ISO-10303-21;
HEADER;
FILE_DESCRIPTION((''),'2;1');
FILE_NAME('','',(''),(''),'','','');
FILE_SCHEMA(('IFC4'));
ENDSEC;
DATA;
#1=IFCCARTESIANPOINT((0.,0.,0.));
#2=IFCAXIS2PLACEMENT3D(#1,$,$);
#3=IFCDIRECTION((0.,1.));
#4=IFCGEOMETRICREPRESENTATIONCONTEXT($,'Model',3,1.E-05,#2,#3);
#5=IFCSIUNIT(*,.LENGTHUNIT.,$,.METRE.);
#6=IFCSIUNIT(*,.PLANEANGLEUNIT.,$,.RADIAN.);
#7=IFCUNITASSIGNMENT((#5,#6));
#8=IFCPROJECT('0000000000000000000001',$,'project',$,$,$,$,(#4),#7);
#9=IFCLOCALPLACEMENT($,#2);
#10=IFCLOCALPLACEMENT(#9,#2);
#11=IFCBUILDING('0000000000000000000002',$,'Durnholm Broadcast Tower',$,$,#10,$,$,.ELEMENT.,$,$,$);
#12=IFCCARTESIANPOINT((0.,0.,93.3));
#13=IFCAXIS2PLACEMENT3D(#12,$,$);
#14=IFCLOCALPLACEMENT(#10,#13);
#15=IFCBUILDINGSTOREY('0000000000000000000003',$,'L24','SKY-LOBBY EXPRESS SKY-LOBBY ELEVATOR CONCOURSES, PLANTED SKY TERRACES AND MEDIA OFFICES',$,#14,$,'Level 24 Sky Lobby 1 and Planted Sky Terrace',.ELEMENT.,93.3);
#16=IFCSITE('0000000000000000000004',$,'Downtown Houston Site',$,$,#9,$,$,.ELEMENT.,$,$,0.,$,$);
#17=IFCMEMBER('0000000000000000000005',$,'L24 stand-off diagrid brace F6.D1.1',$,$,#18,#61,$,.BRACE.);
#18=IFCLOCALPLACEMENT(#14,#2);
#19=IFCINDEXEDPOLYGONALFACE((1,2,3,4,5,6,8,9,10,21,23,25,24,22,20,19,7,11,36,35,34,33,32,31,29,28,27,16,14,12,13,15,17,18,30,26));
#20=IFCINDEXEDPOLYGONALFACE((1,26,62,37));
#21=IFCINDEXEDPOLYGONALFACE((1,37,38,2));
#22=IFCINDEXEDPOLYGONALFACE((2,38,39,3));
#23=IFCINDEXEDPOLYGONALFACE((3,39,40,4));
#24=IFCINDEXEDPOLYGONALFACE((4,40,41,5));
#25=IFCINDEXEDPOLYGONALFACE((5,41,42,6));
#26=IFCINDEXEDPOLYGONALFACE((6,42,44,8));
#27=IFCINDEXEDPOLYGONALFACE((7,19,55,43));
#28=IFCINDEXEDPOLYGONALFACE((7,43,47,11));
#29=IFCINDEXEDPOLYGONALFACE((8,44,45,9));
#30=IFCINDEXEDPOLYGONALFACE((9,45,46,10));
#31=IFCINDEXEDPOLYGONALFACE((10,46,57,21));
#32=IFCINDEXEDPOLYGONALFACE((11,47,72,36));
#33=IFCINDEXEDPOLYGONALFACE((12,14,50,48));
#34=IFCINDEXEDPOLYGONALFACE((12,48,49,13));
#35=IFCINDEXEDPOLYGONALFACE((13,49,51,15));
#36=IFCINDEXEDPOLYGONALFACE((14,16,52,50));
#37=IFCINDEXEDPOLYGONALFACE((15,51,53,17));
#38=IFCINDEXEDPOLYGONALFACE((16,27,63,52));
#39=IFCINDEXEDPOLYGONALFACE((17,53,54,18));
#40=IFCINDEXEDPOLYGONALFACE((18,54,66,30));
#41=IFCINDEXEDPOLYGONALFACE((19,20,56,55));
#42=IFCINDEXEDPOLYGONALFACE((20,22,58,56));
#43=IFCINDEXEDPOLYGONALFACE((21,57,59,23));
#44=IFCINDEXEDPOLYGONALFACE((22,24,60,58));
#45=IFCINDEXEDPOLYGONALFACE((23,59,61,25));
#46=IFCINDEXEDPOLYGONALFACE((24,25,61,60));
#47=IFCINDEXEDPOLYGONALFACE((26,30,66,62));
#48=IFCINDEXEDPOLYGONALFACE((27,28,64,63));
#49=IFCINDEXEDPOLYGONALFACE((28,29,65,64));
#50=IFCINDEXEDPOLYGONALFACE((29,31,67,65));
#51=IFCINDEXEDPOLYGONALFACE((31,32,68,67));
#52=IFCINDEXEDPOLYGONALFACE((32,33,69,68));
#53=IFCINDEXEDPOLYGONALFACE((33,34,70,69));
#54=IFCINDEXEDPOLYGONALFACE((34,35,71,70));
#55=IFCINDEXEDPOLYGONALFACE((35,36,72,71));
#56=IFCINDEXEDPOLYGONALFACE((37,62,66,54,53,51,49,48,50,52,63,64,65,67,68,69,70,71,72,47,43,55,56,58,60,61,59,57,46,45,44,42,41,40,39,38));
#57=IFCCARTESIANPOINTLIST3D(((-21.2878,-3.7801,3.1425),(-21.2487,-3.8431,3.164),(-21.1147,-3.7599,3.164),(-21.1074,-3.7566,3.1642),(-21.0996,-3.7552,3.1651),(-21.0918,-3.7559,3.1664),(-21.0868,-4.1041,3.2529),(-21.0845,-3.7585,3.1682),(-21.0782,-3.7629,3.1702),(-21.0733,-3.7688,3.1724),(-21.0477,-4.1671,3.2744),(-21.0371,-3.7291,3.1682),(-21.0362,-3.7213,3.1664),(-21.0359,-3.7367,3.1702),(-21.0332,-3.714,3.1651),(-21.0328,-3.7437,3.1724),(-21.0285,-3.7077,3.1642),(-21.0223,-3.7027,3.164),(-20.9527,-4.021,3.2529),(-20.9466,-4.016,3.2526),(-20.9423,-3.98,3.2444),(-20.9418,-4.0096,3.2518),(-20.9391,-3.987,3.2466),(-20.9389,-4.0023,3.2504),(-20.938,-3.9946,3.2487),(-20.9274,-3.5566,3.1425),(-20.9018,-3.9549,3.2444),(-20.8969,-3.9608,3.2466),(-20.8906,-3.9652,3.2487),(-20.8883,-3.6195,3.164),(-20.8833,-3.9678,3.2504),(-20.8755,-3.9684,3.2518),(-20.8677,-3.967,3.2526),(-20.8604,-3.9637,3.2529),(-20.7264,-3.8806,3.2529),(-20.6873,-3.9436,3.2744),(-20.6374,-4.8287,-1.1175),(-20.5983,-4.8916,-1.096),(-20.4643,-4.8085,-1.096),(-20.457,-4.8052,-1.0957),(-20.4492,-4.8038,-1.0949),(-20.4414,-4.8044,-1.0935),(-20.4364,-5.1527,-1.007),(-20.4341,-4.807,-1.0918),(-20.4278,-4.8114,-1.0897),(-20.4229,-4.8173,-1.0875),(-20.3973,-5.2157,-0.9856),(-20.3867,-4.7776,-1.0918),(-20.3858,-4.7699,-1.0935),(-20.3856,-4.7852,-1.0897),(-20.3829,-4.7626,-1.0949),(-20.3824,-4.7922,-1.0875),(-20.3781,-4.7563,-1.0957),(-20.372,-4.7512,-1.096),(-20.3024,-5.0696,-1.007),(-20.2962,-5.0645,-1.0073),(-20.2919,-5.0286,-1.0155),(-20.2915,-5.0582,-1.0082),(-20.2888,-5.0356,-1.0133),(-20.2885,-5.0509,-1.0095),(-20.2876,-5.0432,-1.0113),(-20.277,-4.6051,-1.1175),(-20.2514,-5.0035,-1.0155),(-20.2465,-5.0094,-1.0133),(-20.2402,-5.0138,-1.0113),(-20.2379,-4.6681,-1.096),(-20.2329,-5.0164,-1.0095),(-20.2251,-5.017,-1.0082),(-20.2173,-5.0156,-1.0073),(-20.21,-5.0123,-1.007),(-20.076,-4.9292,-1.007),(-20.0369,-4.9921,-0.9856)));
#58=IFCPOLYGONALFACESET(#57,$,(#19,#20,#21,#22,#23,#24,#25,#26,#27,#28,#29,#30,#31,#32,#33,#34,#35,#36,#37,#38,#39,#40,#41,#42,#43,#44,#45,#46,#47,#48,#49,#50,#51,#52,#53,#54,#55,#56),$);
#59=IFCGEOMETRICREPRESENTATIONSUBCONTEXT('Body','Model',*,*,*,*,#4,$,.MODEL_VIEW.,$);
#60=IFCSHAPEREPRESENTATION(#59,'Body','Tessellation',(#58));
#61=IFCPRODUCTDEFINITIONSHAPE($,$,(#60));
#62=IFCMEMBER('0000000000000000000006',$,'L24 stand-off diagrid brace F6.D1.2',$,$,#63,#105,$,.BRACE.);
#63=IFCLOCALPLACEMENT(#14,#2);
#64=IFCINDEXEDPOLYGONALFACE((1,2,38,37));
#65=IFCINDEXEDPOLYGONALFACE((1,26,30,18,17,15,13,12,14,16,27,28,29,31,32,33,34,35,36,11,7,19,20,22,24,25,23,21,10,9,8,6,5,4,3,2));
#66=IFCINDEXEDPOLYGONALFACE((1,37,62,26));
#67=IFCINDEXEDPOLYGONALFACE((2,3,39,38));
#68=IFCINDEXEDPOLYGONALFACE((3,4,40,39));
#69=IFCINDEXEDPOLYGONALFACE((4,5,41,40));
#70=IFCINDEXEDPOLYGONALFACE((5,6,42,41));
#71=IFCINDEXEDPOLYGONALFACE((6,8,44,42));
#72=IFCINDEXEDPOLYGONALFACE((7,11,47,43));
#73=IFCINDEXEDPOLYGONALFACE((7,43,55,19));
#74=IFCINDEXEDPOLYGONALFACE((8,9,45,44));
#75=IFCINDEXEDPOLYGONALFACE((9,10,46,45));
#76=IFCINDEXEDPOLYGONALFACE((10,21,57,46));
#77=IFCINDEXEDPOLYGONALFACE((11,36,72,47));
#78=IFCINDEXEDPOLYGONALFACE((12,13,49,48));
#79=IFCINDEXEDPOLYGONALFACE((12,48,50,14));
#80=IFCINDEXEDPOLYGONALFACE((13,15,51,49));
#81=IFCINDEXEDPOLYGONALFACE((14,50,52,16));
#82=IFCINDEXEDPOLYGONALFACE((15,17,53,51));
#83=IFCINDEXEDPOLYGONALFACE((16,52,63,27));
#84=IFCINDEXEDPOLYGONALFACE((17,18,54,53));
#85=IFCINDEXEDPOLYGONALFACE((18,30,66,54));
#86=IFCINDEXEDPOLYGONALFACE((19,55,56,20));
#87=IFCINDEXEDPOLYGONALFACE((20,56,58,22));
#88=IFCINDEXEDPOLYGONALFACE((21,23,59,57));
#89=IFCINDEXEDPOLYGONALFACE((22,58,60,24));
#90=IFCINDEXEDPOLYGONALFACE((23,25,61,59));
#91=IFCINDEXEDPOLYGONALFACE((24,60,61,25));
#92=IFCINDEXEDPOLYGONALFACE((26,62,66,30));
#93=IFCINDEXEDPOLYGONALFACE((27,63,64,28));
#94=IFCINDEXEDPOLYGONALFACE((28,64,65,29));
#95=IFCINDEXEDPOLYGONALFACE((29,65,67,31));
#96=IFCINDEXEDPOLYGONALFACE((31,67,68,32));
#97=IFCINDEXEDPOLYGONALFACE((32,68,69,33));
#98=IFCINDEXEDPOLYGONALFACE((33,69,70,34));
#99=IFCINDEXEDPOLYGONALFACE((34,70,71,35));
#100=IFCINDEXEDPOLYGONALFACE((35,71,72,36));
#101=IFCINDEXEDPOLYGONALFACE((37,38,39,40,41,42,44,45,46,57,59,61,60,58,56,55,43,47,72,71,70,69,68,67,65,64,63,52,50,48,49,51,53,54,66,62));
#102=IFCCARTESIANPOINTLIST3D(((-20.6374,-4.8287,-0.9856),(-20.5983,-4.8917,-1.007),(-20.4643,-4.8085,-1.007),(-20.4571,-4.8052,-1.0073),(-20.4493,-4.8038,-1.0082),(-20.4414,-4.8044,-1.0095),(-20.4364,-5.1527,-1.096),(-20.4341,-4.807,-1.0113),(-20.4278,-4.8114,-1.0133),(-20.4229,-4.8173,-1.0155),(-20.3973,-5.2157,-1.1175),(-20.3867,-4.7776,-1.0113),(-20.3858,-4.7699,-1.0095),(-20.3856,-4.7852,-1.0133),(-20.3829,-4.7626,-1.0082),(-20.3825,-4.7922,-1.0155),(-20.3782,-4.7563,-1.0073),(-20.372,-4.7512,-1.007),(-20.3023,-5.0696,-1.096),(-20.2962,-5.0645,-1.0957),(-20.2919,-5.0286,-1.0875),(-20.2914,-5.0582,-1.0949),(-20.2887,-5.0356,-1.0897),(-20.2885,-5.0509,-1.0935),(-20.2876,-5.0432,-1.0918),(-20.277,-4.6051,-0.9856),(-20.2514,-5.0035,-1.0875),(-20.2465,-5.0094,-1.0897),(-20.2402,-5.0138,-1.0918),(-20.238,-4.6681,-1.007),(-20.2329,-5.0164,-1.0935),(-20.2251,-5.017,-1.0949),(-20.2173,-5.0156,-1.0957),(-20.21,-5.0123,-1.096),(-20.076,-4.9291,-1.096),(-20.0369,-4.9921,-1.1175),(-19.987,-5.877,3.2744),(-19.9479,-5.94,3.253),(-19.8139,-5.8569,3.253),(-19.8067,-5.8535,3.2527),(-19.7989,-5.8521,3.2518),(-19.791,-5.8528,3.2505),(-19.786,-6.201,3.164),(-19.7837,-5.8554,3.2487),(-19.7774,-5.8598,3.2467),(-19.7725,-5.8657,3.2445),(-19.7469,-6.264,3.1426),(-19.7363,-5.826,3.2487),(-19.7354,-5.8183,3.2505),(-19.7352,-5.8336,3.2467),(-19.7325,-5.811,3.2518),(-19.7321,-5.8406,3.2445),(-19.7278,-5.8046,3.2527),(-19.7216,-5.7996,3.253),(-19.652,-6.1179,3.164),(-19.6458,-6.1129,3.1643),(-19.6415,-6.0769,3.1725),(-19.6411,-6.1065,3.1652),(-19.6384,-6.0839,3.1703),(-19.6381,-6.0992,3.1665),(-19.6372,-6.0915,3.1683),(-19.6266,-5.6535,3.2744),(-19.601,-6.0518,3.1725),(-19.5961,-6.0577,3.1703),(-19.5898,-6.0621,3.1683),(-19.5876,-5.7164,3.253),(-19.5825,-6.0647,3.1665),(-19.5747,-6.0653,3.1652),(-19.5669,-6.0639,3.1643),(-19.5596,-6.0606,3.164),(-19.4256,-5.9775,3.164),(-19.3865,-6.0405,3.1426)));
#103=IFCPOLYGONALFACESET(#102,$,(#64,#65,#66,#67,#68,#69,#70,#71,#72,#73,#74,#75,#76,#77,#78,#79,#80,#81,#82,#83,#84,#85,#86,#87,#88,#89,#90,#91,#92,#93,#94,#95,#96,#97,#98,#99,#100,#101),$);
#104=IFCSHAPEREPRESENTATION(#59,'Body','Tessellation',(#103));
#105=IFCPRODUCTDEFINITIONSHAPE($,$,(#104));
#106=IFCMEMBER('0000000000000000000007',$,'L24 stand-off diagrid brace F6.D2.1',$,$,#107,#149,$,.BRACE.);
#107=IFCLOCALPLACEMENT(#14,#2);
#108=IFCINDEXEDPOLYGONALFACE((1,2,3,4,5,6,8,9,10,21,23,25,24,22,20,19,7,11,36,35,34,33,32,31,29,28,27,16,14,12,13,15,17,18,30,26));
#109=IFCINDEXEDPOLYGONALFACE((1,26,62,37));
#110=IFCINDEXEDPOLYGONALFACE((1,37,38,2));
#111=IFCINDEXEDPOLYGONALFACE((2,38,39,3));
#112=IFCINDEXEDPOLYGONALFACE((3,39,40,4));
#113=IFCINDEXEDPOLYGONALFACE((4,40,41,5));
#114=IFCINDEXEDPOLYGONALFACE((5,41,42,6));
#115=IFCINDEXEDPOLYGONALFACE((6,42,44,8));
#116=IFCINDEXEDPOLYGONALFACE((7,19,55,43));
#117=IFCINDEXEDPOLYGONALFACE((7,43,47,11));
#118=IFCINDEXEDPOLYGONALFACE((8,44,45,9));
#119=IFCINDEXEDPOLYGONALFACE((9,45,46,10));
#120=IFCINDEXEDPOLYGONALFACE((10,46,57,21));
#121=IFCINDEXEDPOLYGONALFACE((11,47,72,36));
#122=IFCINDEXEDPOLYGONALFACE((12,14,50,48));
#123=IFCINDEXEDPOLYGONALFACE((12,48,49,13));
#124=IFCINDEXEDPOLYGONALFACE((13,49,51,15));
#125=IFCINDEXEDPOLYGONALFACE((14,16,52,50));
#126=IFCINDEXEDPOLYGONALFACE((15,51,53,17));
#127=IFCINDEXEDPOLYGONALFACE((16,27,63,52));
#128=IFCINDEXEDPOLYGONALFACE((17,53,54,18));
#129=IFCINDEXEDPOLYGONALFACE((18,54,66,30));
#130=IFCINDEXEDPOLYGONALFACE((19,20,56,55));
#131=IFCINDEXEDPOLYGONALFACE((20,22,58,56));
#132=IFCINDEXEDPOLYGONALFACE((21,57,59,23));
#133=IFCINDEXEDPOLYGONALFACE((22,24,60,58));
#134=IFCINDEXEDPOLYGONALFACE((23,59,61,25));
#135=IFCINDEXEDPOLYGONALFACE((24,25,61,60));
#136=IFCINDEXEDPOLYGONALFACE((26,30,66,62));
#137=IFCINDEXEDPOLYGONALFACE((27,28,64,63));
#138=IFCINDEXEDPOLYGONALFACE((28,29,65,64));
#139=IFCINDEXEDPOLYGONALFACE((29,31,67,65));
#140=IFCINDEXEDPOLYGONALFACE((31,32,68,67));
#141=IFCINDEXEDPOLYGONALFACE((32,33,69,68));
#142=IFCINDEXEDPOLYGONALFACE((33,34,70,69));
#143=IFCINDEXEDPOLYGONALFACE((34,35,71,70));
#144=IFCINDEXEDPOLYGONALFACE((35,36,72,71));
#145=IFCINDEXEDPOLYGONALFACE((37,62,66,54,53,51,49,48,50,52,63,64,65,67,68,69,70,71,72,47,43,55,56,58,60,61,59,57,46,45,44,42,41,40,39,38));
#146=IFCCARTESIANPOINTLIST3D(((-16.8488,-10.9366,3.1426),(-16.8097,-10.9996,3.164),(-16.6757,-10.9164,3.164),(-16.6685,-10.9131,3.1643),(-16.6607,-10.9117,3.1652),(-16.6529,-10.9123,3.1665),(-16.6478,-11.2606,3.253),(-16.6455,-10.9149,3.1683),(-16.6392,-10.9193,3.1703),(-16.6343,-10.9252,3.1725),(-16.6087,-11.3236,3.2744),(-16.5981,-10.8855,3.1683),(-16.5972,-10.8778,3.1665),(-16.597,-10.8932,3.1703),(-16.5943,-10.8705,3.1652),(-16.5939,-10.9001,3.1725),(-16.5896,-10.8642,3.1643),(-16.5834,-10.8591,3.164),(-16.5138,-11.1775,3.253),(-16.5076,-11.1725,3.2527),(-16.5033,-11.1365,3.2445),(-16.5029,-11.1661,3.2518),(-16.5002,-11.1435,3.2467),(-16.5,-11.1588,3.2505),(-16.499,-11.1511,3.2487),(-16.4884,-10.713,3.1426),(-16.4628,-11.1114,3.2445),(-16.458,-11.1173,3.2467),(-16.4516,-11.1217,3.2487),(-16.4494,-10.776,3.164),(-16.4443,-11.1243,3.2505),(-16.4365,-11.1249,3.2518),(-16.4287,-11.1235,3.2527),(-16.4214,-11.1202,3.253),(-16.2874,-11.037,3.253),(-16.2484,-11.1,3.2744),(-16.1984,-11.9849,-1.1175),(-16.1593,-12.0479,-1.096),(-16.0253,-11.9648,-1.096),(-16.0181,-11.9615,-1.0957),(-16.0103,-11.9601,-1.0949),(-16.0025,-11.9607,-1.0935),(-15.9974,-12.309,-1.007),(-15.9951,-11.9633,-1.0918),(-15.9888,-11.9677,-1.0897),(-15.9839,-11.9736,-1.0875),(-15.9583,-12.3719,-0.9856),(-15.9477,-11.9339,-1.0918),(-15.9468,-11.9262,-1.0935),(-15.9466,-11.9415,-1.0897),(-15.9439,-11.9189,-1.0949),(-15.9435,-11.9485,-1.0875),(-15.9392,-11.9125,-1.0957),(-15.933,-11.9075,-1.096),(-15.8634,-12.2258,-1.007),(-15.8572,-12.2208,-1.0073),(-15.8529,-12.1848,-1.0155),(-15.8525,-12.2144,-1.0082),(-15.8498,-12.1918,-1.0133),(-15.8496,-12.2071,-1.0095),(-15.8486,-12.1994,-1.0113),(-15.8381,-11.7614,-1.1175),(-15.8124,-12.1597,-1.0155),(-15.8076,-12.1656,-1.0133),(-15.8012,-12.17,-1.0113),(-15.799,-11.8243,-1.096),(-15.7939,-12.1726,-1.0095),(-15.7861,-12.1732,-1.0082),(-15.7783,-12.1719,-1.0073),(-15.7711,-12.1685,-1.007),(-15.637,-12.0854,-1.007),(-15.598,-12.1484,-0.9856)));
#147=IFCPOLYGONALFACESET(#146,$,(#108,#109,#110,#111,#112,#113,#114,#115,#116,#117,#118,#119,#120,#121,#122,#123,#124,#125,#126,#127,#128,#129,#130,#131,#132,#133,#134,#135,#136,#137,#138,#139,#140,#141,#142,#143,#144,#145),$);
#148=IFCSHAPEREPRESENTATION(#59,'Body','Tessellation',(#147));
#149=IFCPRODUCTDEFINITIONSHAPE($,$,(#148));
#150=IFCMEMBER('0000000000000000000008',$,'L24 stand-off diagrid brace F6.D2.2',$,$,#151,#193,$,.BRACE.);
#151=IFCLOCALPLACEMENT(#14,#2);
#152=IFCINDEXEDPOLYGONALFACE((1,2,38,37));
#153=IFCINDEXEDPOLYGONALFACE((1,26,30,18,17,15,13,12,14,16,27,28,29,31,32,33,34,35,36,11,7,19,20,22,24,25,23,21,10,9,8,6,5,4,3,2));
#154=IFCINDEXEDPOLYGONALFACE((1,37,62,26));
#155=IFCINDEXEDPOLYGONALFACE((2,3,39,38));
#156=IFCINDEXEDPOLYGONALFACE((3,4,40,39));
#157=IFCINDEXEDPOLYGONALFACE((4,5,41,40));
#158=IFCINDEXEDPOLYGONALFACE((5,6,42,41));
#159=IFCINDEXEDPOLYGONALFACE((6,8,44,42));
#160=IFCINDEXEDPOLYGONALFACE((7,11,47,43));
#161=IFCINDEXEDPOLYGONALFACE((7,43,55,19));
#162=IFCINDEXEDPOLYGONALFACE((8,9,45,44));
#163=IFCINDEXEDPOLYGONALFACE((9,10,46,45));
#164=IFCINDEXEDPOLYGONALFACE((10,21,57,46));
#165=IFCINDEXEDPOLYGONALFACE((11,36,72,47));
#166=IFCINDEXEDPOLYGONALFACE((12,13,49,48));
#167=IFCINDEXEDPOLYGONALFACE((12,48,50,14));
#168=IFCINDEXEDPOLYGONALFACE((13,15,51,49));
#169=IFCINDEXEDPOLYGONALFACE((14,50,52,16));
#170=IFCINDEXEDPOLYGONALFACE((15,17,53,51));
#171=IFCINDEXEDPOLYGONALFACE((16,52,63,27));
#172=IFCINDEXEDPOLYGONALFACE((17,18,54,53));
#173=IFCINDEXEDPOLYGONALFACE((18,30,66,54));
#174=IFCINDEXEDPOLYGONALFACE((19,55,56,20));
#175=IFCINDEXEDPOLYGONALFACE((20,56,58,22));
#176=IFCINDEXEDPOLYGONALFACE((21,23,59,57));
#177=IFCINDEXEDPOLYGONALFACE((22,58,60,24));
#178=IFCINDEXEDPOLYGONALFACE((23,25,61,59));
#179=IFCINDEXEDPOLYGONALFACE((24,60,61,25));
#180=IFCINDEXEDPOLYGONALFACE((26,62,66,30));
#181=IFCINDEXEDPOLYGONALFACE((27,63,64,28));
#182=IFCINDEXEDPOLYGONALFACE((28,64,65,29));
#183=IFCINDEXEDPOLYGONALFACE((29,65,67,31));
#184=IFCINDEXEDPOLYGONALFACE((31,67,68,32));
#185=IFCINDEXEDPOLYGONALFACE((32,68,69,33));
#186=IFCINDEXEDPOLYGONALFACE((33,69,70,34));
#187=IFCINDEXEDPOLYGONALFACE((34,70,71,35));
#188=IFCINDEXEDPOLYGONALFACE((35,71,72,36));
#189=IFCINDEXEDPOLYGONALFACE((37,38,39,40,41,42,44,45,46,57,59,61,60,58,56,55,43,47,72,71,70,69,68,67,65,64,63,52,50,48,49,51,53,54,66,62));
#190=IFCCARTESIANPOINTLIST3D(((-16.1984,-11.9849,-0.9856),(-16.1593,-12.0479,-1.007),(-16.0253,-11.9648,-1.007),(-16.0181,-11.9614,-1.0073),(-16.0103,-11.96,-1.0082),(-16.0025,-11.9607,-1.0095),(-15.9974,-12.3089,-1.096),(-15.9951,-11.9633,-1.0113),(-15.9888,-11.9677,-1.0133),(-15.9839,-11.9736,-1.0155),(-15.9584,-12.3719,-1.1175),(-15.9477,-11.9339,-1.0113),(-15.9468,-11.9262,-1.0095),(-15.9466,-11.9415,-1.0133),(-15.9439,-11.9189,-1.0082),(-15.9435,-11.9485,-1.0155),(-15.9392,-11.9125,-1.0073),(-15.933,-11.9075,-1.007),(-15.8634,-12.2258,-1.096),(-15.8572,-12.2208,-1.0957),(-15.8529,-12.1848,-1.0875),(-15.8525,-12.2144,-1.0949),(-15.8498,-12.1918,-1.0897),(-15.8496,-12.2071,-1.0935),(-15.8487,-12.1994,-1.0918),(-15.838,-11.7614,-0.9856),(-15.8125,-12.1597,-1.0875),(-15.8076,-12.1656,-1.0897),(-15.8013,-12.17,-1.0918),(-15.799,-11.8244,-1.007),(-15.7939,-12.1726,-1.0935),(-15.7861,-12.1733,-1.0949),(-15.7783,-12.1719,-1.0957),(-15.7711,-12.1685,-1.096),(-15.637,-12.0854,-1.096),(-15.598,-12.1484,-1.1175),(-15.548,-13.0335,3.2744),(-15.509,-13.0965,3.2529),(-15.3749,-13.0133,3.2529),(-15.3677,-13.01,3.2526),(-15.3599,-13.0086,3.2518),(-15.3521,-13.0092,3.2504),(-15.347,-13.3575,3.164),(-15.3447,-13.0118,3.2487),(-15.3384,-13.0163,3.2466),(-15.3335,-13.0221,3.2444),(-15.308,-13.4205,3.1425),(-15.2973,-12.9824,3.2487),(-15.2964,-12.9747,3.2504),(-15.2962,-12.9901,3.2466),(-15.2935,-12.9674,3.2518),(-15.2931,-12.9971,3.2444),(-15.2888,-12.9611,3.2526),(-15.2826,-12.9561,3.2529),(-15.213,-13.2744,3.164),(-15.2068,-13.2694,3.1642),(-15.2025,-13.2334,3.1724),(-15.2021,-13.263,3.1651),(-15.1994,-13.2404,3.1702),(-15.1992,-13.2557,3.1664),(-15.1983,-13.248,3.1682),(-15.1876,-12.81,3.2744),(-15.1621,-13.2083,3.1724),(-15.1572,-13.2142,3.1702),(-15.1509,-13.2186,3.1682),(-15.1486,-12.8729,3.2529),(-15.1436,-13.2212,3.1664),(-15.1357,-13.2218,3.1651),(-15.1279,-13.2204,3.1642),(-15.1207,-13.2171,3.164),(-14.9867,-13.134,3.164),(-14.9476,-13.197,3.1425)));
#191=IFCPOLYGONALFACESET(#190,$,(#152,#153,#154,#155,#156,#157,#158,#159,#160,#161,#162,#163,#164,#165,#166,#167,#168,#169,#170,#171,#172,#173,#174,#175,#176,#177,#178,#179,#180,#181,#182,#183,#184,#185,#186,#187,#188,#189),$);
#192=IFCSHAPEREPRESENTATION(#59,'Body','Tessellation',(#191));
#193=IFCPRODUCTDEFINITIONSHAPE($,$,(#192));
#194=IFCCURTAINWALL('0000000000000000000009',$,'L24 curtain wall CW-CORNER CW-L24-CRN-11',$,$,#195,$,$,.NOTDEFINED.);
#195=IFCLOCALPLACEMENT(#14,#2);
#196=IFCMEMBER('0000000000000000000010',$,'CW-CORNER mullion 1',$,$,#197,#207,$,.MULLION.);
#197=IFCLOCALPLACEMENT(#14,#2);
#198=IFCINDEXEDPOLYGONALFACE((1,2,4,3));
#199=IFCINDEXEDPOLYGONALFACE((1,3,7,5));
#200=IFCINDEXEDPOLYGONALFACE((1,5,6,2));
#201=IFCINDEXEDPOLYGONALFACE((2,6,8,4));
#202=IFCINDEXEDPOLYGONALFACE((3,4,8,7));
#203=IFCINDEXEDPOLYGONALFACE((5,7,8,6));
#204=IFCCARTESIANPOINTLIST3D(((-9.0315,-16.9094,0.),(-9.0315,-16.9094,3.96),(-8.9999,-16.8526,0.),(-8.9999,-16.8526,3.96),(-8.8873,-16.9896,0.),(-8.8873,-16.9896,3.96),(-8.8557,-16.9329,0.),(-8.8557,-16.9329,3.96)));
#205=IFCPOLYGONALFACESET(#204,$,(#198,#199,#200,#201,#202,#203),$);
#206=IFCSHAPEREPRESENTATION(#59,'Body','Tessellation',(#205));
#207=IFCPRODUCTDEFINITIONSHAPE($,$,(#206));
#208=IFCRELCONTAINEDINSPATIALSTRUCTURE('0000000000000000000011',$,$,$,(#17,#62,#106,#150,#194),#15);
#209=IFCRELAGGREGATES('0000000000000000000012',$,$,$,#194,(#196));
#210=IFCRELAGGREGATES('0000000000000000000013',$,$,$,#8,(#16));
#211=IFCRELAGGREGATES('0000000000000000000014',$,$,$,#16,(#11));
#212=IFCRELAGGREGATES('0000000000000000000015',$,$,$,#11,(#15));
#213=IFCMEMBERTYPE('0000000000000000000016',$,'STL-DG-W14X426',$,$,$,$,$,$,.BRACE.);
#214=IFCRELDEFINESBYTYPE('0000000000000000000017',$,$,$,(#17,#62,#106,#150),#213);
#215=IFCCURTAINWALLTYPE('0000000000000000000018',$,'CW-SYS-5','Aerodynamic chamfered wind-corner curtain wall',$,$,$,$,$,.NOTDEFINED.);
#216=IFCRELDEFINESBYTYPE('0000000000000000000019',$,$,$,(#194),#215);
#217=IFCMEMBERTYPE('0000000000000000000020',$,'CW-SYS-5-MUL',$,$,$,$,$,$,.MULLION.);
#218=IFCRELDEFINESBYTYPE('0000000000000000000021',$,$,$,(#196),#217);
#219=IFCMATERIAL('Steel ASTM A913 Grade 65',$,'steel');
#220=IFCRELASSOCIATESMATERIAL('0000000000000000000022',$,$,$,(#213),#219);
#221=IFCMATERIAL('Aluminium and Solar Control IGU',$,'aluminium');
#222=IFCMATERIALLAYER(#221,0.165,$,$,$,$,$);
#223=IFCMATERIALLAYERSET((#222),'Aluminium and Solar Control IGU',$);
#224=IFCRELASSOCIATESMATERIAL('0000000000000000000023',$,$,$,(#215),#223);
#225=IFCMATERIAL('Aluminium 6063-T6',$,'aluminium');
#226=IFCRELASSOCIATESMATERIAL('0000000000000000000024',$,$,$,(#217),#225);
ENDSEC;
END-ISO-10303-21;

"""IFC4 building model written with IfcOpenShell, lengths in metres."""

from ifc_helpers import new_model, si_unit, direction, frame, origin, origin_2d, place, context, subcontext, project, spatial, rectangle, i_section, extrude, source, transform, mapped, material, layer, layer_set, material_profile, profile_set, type_object, type_shapes, element, aggregate, save


model = new_model("IFC4")

# Units and contexts
model_context = context("Model", 3, precision=1e-05, world=origin(), true_north=direction((0.0, 1.0)))
body_context = subcontext(model_context, "Body", "Model", "MODEL_VIEW")
ifc_project = project(units=[si_unit("LENGTHUNIT", "METRE"), si_unit("PLANEANGLEUNIT", "RADIAN")], contexts=[model_context])

# Site, building, storey
site_placement = place(None, origin())
site = spatial("IfcSite", under=ifc_project, at=site_placement, Name="Downtown Houston Site", CompositionType="ELEMENT", RefElevation=0.0)
building_placement = place(site_placement, origin())
building = spatial("IfcBuilding", under=site, at=building_placement, Name="Durnholm Broadcast Tower", CompositionType="ELEMENT")
storey_placement = place(building_placement, frame((0.0, 0.0, 93.3)))
storey = spatial("IfcBuildingStorey", under=building, at=storey_placement, Name="L24", Description="SKY-LOBBY EXPRESS SKY-LOBBY ELEVATOR CONCOURSES, PLANTED SKY TERRACES AND MEDIA OFFICES", LongName="Level 24 Sky Lobby 1 and Planted Sky Terrace", CompositionType="ELEMENT", Elevation=93.3)

# Members
ifc_material_1 = material(Name="Steel ASTM A913 Grade 65", Category="steel")
ifc_material_profile_1 = material_profile(ifc_material_1, i_section(OverallWidth=0.4241, OverallDepth=0.4741, WebThickness=0.0476, FlangeThickness=0.0771, FilletRadius=0.0305, at=origin_2d()), Name="W14X426")
ifc_profile_set_1 = profile_set([ifc_material_profile_1], Name="Steel ASTM A913 Grade 65")
member_type_1 = type_object("IfcMemberType", Name="STL-DG-W14X426", PredefinedType="BRACE", material=ifc_profile_set_1)
shared_shape_1 = source(origin(), body_context, "Body", "SweptSolid", [
    extrude(i_section(OverallWidth=0.4241, OverallDepth=0.4741, WebThickness=0.0476, FlangeThickness=0.0771, FilletRadius=0.0305, at=origin_2d()), origin(), (0.0, 0.0, 1.0), 4.4351),
])
type_shapes(member_type_1, [shared_shape_1])
for number, where, z_axis, x_axis, name in (
    (1, (-20.3372, -4.9104, -1.0515), (-0.146646, 0.236428, 0.960519), (-0.849805, -0.527097, 0.0), "L24 stand-off diagrid brace F6.D1.1"),
    (2, (-20.3372, -4.9104, -1.0515), (0.146648, -0.236376, 0.960532), (0.84975, 0.527186, 0.0), "L24 stand-off diagrid brace F6.D1.2"),
    (3, (-15.8982, -12.0667, -1.0515), (-0.146648, 0.236376, 0.960532), (-0.84975, -0.527186, 0.0), "L24 stand-off diagrid brace F6.D2.1"),
    (4, (-15.8982, -12.0667, -1.0515), (0.146646, -0.236428, 0.960519), (0.849805, 0.527097, 0.0), "L24 stand-off diagrid brace F6.D2.2"),
):
    element("IfcMember", number, at=place(storey_placement, frame(where, z_axis=z_axis, x_axis=x_axis)), inside=storey, type_object=member_type_1, Name=name, PredefinedType="BRACE", context=body_context, shape_type="MappedRepresentation", body=[
        mapped(shared_shape_1, transform((0.0, 0.0, 0.0), x_axis=(1.0, 0.0, 0.0), y_axis=(0.0, 1.0, 0.0), z_axis=(0.0, 0.0, 1.0), scale=1.0)),
    ])

# Curtain wall, member
ifc_material_2 = material(Name="Aluminium and Solar Control IGU", Category="aluminium")
ifc_layer_1 = layer(ifc_material_2, 0.165)
ifc_layer_set_1 = layer_set([ifc_layer_1], Name="Aluminium and Solar Control IGU")
curtain_wall_type_1 = type_object("IfcCurtainWallType", Name="CW-SYS-5", Description="Aerodynamic chamfered wind-corner curtain wall", PredefinedType="NOTDEFINED", material=ifc_layer_set_1)
curtain_wall_1_placement = place(storey_placement, origin())
curtain_wall_1 = element("IfcCurtainWall", 5, at=curtain_wall_1_placement, inside=storey, type_object=curtain_wall_type_1, Name="L24 curtain wall CW-CORNER CW-L24-CRN-11", PredefinedType="NOTDEFINED")
ifc_material_3 = material(Name="Aluminium 6063-T6", Category="aluminium")
ifc_material_profile_2 = material_profile(ifc_material_3, rectangle(XDim=0.0649, YDim=0.165, at=origin_2d()), Name="CWM65X165")
ifc_profile_set_2 = profile_set([ifc_material_profile_2], Name="Aluminium 6063-T6")
member_type_2 = type_object("IfcMemberType", Name="CW-SYS-5-MUL", PredefinedType="MULLION", material=ifc_profile_set_2)
shared_shape_2 = source(origin(), body_context, "Body", "SweptSolid", [
    extrude(rectangle(XDim=0.0649, YDim=0.165, at=origin_2d()), origin(), (0.0, 0.0, 1.0), 3.96),
])
type_shapes(member_type_2, [shared_shape_2])
member_1_placement = place(storey_placement, frame((-8.9436, -16.9211, 0.0), z_axis=(0.0, 0.0, 1.0), x_axis=(-0.486244, -0.873823, 0.0)))
member_1 = element("IfcMember", 6, at=member_1_placement, type_object=member_type_2, Name="CW-CORNER mullion 1", PredefinedType="MULLION", context=body_context, shape_type="MappedRepresentation", body=[
    mapped(shared_shape_2, transform((0.0, 0.0, 0.0), x_axis=(1.0, 0.0, 0.0), y_axis=(0.0, 1.0, 0.0), z_axis=(0.0, 0.0, 1.0), scale=1.0)),
])

aggregate(curtain_wall_1, [member_1])

save(model, "model.ifc")
